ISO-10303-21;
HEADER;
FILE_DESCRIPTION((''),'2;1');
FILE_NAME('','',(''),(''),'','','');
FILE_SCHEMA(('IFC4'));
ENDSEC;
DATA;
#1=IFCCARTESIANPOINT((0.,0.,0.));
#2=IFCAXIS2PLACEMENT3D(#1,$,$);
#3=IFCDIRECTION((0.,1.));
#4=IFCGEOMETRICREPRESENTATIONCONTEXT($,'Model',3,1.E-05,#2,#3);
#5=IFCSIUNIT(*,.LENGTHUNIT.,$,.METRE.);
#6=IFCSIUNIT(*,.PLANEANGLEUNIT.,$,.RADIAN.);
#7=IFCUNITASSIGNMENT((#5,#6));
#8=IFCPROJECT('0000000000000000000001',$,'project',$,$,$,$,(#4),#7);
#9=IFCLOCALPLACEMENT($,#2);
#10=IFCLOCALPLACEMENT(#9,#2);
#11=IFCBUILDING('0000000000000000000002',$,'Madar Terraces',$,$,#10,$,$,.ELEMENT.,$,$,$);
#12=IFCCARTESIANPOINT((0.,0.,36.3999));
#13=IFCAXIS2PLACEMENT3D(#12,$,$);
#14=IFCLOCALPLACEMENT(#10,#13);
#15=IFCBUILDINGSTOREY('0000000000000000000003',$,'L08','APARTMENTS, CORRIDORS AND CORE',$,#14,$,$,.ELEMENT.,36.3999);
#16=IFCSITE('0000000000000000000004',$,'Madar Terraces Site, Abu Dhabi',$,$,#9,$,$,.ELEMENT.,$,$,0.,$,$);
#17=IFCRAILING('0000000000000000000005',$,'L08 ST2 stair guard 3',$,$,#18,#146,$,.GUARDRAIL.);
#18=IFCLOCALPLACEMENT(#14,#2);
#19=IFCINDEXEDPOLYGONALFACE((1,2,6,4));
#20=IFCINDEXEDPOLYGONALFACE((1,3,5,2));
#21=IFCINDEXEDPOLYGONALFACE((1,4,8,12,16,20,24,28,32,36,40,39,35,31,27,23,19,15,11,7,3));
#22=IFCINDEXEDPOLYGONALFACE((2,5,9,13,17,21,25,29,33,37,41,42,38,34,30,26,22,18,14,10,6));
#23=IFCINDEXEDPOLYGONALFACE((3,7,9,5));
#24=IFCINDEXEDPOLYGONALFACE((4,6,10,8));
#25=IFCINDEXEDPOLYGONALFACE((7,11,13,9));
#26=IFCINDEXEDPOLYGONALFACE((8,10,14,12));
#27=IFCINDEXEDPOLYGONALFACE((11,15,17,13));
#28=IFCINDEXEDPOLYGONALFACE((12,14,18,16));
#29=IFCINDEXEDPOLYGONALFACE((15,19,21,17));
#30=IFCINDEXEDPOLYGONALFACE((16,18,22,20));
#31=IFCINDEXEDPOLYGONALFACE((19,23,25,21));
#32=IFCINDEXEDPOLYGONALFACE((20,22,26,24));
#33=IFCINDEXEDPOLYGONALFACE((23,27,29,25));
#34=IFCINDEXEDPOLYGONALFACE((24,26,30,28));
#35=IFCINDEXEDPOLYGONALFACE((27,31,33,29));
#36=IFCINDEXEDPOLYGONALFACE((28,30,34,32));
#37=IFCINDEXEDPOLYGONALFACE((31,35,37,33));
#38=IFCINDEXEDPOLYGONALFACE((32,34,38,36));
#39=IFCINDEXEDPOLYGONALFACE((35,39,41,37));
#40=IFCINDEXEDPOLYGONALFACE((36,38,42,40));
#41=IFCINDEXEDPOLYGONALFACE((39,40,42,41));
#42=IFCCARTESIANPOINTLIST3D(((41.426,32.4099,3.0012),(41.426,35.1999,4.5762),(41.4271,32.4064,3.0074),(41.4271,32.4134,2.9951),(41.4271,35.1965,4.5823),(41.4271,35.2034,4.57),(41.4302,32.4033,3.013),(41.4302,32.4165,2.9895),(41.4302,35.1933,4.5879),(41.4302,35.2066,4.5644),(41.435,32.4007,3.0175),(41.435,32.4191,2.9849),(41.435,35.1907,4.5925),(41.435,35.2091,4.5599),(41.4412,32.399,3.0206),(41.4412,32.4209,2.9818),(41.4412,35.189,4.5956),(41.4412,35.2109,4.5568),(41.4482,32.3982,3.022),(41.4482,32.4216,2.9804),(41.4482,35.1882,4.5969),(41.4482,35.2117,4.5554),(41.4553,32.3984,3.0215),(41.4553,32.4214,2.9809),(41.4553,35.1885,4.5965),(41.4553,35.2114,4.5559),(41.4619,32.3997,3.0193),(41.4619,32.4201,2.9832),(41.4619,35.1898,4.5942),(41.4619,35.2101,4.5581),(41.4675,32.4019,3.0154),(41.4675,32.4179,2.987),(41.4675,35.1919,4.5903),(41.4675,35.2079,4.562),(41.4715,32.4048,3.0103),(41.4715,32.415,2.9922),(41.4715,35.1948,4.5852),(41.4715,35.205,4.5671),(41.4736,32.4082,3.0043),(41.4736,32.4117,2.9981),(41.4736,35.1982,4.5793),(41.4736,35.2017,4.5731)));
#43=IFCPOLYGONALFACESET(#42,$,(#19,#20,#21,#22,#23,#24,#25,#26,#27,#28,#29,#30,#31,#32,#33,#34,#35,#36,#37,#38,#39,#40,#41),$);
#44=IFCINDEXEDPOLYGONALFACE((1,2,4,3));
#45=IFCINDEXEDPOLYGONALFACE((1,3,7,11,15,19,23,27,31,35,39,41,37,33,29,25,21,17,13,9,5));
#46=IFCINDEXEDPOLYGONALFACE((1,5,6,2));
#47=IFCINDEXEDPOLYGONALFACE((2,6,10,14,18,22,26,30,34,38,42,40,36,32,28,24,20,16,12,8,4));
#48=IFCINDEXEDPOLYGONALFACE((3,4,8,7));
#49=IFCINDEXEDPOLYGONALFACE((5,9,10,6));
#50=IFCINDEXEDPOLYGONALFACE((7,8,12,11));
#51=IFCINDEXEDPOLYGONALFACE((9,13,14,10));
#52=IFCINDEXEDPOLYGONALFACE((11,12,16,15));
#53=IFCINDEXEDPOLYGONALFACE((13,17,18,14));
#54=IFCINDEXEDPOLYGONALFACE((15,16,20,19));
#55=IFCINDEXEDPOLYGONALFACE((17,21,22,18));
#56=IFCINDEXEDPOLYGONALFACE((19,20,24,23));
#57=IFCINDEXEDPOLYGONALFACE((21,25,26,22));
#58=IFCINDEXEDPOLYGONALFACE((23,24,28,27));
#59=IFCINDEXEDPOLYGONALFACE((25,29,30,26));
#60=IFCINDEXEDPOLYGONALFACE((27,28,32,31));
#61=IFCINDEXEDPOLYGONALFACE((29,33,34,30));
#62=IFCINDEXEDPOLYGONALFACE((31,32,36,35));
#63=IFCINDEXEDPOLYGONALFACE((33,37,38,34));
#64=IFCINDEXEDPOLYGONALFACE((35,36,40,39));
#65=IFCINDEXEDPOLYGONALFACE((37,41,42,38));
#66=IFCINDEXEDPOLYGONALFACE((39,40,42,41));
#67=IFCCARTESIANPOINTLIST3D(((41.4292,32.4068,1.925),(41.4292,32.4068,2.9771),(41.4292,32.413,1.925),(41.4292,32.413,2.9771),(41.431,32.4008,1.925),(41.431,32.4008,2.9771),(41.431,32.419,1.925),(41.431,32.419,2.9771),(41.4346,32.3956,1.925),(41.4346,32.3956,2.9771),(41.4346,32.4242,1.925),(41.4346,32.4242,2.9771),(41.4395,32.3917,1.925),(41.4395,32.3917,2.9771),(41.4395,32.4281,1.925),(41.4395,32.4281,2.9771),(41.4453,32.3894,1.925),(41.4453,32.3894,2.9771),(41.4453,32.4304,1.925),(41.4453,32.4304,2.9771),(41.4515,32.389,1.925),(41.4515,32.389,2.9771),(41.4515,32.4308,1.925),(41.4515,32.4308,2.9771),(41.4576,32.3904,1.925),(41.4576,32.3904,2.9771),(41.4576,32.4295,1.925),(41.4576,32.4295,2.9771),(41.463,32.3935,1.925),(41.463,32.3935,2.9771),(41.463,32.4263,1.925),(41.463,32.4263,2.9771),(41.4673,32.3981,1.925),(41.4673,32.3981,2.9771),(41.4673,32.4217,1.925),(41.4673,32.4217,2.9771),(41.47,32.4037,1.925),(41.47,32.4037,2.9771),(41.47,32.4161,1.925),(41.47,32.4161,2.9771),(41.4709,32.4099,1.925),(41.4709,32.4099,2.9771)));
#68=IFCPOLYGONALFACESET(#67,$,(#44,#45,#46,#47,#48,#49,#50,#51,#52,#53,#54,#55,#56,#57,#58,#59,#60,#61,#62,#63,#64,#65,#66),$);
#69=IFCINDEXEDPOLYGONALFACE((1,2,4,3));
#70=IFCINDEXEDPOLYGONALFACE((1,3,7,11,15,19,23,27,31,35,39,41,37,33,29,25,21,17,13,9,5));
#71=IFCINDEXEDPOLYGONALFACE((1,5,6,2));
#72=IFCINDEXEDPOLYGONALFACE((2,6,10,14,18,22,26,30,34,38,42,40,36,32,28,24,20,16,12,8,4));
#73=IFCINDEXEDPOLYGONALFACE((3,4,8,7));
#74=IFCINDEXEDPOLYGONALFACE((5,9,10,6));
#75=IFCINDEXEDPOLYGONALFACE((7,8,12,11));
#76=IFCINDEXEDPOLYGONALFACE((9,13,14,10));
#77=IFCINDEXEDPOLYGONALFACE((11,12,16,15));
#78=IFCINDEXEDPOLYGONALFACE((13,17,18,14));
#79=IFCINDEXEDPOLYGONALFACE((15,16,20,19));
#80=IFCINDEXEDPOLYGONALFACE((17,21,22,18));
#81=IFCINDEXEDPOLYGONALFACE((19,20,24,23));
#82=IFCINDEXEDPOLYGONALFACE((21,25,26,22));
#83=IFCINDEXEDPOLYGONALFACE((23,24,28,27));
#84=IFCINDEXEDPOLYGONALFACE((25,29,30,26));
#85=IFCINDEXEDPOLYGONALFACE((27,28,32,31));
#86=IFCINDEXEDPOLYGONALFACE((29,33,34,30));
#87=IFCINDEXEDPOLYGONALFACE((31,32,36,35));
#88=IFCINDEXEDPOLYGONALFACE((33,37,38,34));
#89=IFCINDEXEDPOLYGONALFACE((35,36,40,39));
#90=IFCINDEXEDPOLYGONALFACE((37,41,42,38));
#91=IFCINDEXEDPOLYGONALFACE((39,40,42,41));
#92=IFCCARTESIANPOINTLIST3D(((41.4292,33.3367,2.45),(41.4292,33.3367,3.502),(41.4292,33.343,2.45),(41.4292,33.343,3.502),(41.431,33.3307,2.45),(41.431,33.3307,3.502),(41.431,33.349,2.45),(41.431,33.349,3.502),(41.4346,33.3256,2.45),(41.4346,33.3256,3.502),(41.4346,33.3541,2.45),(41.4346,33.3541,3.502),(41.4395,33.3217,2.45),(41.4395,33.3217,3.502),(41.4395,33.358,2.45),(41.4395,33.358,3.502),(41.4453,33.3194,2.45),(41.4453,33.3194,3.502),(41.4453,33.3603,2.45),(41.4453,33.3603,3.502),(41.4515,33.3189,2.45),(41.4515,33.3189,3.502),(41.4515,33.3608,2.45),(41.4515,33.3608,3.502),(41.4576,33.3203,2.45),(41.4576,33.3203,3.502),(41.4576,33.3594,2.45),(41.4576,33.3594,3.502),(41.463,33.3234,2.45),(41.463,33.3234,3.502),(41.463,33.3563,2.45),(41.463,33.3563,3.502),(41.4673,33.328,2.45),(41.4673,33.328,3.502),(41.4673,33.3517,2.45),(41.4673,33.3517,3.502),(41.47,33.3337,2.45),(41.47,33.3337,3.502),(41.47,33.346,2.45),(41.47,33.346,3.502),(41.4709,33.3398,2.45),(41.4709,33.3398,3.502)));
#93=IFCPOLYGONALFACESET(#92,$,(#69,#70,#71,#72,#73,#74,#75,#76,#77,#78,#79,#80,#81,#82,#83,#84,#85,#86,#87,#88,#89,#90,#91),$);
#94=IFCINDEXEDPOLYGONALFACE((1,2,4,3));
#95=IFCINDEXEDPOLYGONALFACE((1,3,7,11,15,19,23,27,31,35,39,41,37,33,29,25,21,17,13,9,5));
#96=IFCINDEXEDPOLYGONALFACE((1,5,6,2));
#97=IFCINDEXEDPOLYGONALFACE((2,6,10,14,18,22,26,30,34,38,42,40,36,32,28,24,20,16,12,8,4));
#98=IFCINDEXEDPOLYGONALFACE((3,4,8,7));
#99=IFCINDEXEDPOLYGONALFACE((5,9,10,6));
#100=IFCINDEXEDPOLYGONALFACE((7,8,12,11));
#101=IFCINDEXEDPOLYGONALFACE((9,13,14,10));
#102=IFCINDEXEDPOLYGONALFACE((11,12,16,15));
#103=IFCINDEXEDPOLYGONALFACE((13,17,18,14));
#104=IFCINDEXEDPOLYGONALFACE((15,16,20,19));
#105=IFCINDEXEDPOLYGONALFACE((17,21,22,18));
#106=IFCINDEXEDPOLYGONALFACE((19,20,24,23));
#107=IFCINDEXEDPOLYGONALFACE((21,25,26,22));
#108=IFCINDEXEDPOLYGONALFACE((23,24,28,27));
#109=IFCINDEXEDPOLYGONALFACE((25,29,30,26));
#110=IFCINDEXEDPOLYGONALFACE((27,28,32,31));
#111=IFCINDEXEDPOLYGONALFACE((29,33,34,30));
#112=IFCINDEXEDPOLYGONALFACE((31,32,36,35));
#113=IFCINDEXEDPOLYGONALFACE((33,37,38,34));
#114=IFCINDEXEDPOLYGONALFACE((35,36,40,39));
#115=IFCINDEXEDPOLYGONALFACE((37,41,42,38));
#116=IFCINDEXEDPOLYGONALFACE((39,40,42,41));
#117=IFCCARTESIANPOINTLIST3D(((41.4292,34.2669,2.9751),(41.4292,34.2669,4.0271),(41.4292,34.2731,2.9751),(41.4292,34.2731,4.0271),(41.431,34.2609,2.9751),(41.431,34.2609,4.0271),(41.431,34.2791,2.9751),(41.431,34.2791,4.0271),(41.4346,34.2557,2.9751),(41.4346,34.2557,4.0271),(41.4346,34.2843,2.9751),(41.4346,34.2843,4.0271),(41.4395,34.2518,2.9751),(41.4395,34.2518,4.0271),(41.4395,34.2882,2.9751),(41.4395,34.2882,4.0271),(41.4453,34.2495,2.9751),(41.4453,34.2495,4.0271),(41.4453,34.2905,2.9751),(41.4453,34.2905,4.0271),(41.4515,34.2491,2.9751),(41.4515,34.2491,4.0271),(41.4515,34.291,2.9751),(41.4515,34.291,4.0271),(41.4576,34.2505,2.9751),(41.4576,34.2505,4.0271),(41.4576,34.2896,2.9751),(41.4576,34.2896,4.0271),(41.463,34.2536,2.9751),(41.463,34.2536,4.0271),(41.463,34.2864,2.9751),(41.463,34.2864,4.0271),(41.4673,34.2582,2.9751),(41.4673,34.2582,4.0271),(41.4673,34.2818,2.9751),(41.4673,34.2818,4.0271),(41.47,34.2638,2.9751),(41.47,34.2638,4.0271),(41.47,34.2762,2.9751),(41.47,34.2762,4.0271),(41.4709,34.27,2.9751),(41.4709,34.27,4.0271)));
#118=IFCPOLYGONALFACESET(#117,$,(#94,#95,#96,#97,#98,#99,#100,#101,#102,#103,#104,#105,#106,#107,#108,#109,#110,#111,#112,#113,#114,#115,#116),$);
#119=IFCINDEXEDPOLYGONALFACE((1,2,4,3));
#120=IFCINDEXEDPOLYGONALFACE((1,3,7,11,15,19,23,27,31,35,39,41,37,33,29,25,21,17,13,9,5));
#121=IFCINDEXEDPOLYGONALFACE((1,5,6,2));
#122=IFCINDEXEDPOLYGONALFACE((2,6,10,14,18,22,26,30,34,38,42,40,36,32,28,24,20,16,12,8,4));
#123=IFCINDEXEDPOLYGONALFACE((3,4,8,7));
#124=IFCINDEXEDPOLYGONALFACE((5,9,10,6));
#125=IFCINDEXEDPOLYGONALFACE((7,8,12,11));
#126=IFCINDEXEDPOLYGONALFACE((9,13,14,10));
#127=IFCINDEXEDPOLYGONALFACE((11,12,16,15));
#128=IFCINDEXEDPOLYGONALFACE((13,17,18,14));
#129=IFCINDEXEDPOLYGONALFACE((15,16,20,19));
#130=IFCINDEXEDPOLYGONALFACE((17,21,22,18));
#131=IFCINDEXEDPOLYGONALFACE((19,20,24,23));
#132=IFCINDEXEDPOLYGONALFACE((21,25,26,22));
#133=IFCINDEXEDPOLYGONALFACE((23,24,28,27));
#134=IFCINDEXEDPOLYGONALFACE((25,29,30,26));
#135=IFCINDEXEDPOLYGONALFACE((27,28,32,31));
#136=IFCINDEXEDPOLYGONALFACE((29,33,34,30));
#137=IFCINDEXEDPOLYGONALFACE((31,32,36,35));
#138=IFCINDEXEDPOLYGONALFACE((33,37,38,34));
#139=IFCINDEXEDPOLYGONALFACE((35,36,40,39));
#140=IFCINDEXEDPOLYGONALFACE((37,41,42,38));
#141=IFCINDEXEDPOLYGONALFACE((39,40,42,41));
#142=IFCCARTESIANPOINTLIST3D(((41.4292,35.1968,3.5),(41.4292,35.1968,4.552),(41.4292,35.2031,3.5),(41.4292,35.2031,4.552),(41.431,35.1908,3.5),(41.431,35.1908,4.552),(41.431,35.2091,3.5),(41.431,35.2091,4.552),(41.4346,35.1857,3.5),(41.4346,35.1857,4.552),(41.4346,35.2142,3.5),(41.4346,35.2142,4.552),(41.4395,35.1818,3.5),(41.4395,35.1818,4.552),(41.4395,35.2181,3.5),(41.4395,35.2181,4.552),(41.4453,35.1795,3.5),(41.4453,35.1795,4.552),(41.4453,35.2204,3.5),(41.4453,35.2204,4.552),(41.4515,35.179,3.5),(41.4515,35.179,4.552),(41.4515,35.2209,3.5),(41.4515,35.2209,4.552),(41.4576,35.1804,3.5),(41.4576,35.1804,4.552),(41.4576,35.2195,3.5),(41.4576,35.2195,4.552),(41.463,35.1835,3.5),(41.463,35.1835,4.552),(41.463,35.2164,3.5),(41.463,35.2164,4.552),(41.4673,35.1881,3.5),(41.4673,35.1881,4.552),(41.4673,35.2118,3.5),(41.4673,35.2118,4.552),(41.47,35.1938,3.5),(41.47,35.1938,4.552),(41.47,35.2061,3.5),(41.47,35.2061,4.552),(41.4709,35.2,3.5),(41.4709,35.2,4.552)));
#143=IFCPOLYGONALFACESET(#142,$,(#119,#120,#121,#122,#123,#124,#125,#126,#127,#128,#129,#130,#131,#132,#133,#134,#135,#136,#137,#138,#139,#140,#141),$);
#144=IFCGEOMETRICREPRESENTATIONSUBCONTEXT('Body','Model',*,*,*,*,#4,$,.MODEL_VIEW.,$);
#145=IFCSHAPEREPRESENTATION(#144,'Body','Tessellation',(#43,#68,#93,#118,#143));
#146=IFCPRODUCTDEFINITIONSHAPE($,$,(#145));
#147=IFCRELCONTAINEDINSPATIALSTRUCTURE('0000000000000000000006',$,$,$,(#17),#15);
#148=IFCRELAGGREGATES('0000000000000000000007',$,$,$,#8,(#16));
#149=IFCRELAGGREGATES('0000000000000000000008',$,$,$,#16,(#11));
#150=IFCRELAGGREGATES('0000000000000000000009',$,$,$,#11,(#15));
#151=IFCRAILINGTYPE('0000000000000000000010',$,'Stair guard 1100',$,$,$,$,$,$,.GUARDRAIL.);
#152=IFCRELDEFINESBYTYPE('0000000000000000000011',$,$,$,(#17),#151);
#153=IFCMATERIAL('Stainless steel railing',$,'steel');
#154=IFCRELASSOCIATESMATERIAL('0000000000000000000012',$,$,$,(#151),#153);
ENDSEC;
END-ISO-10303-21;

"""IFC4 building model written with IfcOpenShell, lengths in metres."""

from ifc_helpers import new_model, si_unit, direction, frame, origin, origin_2d, place, context, subcontext, project, spatial, circle, extrude, material, type_object, element, save


model = new_model("IFC4")

# Units and contexts
model_context = context("Model", 3, precision=1e-05, world=origin(), true_north=direction((0.0, 1.0)))
body_context = subcontext(model_context, "Body", "Model", "MODEL_VIEW")
ifc_project = project(units=[si_unit("LENGTHUNIT", "METRE"), si_unit("PLANEANGLEUNIT", "RADIAN")], contexts=[model_context])

# Site, building, storey
site_placement = place(None, origin())
site = spatial("IfcSite", under=ifc_project, at=site_placement, Name="Madar Terraces Site, Abu Dhabi", CompositionType="ELEMENT", RefElevation=0.0)
building_placement = place(site_placement, origin())
building = spatial("IfcBuilding", under=site, at=building_placement, Name="Madar Terraces", CompositionType="ELEMENT")
storey_placement = place(building_placement, frame((0.0, 0.0, 36.3999)))
storey = spatial("IfcBuildingStorey", under=building, at=storey_placement, Name="L08", Description="APARTMENTS, CORRIDORS AND CORE", CompositionType="ELEMENT", Elevation=36.3999)

# Railing
ifc_material_1 = material(Name="Stainless steel railing", Category="steel")
railing_type_1 = type_object("IfcRailingType", Name="Stair guard 1100", PredefinedType="GUARDRAIL", material=ifc_material_1)
railing_1_placement = place(storey_placement, frame((41.45, 32.4099, 1.925)))
element("IfcRailing", 1, at=railing_1_placement, inside=storey, type_object=railing_type_1, Name="L08 ST2 stair guard 3", PredefinedType="GUARDRAIL", context=body_context, shape_type="SweptSolid", body=[
    extrude(circle(Radius=0.0239, at=origin_2d()), frame((0.0, 0.0, 1.0762), z_axis=(0.0, 0.870834, 0.491578), x_axis=(-1.0, 0.0, 0.0)), (0.0, 0.0, 1.0), 3.2039),
    extrude(circle(Radius=0.021, at=origin_2d()), origin(), (0.0, 0.0, 1.0), 1.052),
    extrude(circle(Radius=0.021, at=origin_2d()), frame((0.0, 0.9299, 0.5249)), (0.0, 0.0, 1.0), 1.052),
    extrude(circle(Radius=0.021, at=origin_2d()), frame((0.0, 1.8601, 1.05)), (0.0, 0.0, 1.0), 1.052),
    extrude(circle(Radius=0.021, at=origin_2d()), frame((0.0, 2.79, 1.575)), (0.0, 0.0, 1.0), 1.052),
])

save(model, "model.ifc")
